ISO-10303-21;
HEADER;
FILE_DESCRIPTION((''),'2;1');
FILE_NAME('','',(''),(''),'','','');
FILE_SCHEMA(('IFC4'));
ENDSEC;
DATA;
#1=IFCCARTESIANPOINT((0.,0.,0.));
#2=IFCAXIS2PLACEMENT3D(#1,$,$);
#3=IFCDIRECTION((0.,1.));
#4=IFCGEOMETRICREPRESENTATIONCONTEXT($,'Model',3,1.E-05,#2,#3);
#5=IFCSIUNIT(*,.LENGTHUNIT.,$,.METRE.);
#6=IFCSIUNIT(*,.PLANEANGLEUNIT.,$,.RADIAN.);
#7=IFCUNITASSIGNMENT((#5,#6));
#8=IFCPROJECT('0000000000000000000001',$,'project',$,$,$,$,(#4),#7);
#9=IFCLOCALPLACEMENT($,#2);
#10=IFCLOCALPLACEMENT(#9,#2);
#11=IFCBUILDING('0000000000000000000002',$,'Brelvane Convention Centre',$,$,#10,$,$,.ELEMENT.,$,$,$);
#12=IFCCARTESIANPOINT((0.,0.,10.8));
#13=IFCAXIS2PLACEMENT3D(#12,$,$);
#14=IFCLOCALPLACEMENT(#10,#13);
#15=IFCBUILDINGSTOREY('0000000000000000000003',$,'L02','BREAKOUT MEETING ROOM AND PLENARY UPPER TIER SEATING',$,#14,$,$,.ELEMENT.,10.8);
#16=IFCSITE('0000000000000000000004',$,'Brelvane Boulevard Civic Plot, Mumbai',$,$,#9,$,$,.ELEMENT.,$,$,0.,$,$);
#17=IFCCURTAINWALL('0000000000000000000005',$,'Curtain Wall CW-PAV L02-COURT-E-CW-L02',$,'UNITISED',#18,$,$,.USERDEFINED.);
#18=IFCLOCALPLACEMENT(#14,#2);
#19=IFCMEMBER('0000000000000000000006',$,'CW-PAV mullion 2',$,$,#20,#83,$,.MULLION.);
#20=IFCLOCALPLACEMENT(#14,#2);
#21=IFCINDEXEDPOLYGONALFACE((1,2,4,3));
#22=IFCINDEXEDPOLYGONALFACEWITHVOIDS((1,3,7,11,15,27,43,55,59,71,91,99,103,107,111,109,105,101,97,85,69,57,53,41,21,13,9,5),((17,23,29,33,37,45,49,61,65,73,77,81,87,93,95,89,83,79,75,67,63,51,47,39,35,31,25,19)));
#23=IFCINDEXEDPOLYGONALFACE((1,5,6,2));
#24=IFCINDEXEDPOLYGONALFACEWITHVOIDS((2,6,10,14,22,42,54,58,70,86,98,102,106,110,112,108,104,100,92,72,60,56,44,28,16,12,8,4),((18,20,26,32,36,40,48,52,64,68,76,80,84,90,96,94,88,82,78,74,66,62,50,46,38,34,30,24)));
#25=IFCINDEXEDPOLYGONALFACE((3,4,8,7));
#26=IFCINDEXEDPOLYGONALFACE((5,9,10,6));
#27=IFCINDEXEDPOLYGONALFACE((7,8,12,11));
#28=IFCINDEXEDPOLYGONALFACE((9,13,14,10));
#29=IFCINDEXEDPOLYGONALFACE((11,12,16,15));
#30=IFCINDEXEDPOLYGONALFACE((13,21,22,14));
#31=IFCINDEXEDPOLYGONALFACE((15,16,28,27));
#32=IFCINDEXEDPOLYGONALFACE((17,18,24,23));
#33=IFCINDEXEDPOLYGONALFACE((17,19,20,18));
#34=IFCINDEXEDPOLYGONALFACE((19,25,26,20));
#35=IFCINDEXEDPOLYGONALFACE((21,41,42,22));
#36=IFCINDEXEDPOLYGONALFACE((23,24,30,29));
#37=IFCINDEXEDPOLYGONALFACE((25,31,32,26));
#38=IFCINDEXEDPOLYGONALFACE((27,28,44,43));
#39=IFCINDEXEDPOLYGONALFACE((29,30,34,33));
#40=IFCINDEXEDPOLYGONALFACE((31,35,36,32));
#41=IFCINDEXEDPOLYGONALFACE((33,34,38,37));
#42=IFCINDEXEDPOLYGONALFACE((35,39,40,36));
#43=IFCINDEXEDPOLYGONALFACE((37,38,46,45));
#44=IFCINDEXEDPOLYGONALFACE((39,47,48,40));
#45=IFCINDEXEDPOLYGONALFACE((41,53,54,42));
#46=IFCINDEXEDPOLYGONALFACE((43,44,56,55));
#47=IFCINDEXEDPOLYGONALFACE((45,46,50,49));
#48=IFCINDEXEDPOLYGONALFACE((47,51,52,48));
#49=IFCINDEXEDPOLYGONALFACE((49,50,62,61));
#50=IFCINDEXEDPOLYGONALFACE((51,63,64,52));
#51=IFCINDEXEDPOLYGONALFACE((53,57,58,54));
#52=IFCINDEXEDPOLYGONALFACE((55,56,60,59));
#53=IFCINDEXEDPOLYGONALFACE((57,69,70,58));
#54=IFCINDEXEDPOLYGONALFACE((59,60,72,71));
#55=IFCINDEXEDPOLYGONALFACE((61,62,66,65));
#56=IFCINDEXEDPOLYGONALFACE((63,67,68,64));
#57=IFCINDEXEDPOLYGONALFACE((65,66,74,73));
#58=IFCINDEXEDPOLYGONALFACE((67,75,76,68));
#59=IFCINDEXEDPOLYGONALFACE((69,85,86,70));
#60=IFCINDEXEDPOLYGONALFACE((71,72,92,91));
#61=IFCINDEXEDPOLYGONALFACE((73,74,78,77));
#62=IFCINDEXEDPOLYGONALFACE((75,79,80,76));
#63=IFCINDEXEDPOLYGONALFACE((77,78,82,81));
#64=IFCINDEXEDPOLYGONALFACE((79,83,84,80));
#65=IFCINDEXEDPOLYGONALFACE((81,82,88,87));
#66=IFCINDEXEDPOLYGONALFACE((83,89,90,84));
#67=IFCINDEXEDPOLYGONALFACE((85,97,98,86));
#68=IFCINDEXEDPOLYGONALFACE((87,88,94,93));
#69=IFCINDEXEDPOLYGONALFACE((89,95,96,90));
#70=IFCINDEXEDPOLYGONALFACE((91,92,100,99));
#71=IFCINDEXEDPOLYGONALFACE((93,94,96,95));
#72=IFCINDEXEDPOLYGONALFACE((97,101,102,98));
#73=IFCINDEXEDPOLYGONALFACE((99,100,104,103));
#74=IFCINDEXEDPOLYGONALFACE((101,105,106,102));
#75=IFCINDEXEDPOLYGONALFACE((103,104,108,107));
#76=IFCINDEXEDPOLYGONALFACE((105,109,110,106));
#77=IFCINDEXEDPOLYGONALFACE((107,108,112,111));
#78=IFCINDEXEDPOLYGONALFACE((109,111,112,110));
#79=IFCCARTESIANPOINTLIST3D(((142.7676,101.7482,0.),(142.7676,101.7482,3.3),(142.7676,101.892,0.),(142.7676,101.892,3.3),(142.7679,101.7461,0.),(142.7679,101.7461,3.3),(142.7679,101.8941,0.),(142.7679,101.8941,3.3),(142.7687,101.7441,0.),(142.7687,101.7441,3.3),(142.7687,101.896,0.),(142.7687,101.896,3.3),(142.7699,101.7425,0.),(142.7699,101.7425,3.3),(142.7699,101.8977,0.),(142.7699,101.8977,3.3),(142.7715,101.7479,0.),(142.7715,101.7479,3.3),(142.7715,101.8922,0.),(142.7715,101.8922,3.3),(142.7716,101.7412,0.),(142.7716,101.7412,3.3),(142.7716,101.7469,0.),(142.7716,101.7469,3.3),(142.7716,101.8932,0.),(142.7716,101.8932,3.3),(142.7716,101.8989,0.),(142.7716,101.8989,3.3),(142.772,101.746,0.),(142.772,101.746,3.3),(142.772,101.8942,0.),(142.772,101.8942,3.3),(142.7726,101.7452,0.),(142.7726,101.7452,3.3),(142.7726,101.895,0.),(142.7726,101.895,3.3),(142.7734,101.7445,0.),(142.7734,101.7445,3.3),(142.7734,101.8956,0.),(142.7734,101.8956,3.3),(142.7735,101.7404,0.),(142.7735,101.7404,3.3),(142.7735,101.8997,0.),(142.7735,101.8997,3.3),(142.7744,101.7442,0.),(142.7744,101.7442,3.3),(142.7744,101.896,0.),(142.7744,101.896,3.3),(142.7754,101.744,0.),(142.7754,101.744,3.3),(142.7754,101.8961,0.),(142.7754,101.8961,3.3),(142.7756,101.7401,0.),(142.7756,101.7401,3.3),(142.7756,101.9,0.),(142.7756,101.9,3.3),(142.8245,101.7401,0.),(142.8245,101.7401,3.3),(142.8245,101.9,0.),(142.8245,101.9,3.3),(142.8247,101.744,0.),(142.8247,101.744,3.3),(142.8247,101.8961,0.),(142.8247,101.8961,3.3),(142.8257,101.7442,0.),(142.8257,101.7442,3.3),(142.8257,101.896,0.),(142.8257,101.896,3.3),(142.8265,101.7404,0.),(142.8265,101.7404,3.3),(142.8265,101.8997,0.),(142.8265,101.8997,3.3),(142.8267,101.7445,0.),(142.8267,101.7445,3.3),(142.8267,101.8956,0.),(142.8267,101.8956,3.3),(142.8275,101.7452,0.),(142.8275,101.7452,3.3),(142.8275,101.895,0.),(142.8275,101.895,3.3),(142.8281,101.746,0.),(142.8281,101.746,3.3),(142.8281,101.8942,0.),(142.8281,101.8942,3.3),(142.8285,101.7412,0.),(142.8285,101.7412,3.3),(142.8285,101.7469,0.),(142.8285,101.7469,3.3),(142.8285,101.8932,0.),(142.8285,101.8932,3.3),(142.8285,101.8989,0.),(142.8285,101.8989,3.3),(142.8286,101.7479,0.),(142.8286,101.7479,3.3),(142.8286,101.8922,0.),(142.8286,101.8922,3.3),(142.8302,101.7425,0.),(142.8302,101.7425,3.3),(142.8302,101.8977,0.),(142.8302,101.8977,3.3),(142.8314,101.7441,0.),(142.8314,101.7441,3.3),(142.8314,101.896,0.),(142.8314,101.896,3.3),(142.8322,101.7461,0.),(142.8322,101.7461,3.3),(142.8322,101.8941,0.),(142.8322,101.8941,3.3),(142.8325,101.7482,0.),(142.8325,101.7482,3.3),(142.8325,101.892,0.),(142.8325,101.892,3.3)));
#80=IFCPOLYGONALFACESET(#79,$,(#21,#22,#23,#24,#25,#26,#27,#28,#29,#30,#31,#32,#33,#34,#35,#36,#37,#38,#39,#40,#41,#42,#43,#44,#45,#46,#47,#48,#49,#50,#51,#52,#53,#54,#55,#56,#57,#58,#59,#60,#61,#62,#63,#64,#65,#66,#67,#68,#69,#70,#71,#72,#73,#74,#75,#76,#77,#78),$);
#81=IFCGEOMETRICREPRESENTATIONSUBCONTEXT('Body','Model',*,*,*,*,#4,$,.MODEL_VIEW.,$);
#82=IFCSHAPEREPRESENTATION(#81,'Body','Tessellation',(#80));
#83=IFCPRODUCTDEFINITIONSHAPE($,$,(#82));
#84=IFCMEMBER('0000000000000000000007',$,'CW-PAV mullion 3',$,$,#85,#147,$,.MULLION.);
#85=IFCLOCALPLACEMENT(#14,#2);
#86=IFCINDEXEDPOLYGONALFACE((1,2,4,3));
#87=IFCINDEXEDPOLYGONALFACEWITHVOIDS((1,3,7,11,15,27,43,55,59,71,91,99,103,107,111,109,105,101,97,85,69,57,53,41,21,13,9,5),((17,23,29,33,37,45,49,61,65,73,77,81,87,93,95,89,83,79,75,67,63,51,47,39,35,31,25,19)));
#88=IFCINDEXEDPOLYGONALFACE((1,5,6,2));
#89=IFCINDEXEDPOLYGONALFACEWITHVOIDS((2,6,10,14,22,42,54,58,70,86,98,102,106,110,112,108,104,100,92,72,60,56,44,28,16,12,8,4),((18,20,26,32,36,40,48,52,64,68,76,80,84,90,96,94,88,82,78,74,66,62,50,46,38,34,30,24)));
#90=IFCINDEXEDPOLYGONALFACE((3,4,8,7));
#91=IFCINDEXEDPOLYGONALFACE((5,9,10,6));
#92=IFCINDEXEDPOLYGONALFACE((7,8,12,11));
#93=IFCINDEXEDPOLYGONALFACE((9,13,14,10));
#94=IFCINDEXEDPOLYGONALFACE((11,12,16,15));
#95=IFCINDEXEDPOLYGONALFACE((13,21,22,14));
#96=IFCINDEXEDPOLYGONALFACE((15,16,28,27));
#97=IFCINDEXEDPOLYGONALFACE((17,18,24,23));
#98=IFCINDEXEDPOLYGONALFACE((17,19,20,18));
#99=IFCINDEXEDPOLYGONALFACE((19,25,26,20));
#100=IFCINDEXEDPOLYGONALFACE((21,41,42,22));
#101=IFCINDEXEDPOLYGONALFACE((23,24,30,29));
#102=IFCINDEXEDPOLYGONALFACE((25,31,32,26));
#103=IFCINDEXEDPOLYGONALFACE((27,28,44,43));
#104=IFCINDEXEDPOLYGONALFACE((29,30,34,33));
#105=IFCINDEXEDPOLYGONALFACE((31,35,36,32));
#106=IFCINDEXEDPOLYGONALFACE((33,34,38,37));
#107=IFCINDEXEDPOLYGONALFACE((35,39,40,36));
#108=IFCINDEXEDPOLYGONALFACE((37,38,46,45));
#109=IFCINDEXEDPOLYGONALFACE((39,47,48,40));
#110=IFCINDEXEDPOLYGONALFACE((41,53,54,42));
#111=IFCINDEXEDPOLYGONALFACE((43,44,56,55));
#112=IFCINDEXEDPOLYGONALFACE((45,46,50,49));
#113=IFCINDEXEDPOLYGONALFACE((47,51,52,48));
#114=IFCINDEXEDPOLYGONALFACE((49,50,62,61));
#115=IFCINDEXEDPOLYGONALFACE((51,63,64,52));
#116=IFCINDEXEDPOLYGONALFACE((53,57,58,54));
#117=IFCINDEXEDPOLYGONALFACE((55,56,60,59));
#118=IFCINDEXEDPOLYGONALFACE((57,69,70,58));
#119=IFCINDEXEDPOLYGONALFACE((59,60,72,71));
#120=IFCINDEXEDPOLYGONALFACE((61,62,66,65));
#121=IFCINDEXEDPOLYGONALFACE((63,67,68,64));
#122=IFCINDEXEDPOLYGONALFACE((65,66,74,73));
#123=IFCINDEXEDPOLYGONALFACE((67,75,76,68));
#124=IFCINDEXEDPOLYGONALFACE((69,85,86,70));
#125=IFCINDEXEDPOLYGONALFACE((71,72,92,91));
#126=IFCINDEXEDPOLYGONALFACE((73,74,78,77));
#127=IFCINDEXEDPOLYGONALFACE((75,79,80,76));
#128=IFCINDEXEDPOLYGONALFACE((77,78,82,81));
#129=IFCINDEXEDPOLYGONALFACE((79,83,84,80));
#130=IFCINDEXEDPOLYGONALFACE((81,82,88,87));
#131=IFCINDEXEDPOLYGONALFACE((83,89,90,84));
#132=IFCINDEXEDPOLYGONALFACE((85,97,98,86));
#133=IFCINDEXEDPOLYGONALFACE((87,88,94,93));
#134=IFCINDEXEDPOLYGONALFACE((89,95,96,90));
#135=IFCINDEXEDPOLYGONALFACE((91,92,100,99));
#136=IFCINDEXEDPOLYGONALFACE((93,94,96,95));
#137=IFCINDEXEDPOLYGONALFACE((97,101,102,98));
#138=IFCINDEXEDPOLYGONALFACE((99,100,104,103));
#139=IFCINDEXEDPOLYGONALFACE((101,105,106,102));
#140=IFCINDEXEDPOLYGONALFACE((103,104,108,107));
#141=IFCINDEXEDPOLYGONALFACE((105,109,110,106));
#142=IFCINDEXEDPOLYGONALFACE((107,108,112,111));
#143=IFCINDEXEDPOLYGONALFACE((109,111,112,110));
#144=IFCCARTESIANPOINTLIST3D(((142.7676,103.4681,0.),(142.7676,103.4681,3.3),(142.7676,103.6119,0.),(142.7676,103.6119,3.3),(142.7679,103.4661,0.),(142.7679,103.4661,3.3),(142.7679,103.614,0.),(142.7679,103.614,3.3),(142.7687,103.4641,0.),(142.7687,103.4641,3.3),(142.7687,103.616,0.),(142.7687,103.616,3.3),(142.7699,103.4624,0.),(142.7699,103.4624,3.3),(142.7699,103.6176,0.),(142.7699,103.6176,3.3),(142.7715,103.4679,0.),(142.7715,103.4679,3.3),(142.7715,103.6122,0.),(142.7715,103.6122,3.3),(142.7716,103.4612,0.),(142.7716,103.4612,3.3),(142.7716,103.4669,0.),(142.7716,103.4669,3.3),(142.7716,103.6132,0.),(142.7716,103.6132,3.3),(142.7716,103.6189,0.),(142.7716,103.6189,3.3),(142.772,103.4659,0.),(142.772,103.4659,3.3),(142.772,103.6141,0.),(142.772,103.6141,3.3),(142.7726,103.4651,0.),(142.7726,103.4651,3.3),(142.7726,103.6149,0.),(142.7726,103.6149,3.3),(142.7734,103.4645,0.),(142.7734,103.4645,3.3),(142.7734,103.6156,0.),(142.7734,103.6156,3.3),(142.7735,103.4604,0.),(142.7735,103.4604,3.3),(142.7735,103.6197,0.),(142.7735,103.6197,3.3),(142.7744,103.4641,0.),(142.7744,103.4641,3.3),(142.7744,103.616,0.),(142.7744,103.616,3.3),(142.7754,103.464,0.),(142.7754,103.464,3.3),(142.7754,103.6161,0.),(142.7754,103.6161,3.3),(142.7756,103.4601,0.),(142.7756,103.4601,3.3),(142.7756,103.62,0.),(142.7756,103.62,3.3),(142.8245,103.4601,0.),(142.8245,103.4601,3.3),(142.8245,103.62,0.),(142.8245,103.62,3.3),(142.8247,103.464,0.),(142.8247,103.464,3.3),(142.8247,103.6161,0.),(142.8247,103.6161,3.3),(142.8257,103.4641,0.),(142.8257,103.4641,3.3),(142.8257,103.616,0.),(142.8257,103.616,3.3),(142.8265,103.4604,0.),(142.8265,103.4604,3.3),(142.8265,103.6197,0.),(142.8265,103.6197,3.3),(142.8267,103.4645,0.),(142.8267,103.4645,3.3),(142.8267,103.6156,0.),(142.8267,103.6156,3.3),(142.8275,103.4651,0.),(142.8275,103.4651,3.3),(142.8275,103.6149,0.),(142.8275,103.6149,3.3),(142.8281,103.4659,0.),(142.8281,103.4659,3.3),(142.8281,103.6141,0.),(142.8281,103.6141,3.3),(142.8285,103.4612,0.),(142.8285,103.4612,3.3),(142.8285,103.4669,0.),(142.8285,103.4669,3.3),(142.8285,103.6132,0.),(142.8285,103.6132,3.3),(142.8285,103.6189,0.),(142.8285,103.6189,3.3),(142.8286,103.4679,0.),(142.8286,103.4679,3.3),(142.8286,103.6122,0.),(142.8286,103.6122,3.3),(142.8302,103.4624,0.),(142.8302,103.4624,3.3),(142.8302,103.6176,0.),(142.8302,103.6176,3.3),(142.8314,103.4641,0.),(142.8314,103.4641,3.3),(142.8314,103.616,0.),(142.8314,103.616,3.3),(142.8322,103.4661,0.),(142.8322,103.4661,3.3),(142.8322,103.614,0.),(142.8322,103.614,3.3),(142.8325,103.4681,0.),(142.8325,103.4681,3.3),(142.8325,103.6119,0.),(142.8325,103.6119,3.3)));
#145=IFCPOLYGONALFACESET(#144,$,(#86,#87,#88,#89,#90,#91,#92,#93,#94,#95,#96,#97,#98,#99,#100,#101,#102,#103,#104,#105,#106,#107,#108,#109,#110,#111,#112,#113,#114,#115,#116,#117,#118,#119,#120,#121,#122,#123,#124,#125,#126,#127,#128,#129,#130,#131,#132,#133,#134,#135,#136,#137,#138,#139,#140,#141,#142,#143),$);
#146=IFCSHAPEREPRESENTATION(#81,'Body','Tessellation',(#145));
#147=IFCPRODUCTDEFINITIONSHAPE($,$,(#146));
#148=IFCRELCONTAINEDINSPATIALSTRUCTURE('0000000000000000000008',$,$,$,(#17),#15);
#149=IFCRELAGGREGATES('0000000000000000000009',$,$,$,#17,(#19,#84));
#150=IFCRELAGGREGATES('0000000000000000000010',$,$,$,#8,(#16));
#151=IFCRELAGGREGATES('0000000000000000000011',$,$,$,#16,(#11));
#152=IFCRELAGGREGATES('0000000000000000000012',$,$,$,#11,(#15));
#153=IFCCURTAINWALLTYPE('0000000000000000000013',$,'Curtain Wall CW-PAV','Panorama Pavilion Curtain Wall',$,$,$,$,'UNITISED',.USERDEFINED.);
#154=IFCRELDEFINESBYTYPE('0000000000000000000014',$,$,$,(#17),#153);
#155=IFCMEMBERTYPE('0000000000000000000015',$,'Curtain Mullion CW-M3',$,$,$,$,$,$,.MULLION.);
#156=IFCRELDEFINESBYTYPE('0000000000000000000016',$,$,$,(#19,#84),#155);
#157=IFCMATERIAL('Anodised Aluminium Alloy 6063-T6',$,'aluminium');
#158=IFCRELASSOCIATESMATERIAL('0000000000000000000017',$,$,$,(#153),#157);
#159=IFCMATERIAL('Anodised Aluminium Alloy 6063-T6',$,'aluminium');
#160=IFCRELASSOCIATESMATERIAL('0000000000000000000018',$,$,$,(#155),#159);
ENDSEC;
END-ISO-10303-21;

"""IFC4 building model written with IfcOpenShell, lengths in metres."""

from ifc_helpers import new_model, si_unit, direction, frame, origin, origin_2d, place, context, subcontext, project, spatial, hollow_rectangle, extrude, material, material_profile, profile_set, type_object, element, aggregate, save


model = new_model("IFC4")

# Units and contexts
model_context = context("Model", 3, precision=1e-05, world=origin(), true_north=direction((0.0, 1.0)))
body_context = subcontext(model_context, "Body", "Model", "MODEL_VIEW")
ifc_project = project(units=[si_unit("LENGTHUNIT", "METRE"), si_unit("PLANEANGLEUNIT", "RADIAN")], contexts=[model_context])

# Site, building, storey
site_placement = place(None, origin())
site = spatial("IfcSite", under=ifc_project, at=site_placement, Name="Brelvane Boulevard Civic Plot, Mumbai", CompositionType="ELEMENT", RefElevation=0.0)
building_placement = place(site_placement, origin())
building = spatial("IfcBuilding", under=site, at=building_placement, Name="Brelvane Convention Centre", CompositionType="ELEMENT")
storey_placement = place(building_placement, frame((0.0, 0.0, 10.8)))
storey = spatial("IfcBuildingStorey", under=building, at=storey_placement, Name="L02", Description="BREAKOUT MEETING ROOM AND PLENARY UPPER TIER SEATING", CompositionType="ELEMENT", Elevation=10.8)

# Curtain wall, members
ifc_material_1 = material(Name="Anodised Aluminium Alloy 6063-T6", Category="aluminium")
curtain_wall_type_1 = type_object("IfcCurtainWallType", Name="Curtain Wall CW-PAV", Description="Panorama Pavilion Curtain Wall", ElementType="UNITISED", PredefinedType="USERDEFINED", material=ifc_material_1)
curtain_wall_1_placement = place(storey_placement, origin())
curtain_wall_1 = element("IfcCurtainWall", 1, at=curtain_wall_1_placement, inside=storey, type_object=curtain_wall_type_1, Name="Curtain Wall CW-PAV L02-COURT-E-CW-L02", ObjectType="UNITISED", PredefinedType="USERDEFINED")
ifc_material_2 = material(Name="Anodised Aluminium Alloy 6063-T6", Category="aluminium")
ifc_material_profile_1 = material_profile(ifc_material_2, hollow_rectangle(XDim=0.0649, YDim=0.1599, WallThickness=0.0039, InnerFilletRadius=0.0039, OuterFilletRadius=0.0081, at=origin_2d()), Name="ALU-M 160x65x4.0")
ifc_profile_set_1 = profile_set([ifc_material_profile_1], Name="Anodised Aluminium Alloy 6063-T6")
member_type_1 = type_object("IfcMemberType", Name="Curtain Mullion CW-M3", PredefinedType="MULLION", material=ifc_profile_set_1)
member_1_placement = place(storey_placement, frame((142.8, 101.8201, 0.0), z_axis=(0.0, 0.0, 1.0), x_axis=(-1.0, 0.0, 0.0)))
member_1 = element("IfcMember", 2, at=member_1_placement, type_object=member_type_1, Name="CW-PAV mullion 2", PredefinedType="MULLION", context=body_context, shape_type="SweptSolid", body=[
    extrude(hollow_rectangle(XDim=0.0649, YDim=0.1599, WallThickness=0.0039, InnerFilletRadius=0.0039, OuterFilletRadius=0.0081, at=origin_2d()), origin(), (0.0, 0.0, 1.0), 3.3),
])
member_2_placement = place(storey_placement, frame((142.8, 103.54, 0.0), z_axis=(0.0, 0.0, 1.0), x_axis=(-1.0, 0.0, 0.0)))
member_2 = element("IfcMember", 3, at=member_2_placement, type_object=member_type_1, Name="CW-PAV mullion 3", PredefinedType="MULLION", context=body_context, shape_type="SweptSolid", body=[
    extrude(hollow_rectangle(XDim=0.0649, YDim=0.1599, WallThickness=0.0039, InnerFilletRadius=0.0039, OuterFilletRadius=0.0081, at=origin_2d()), origin(), (0.0, 0.0, 1.0), 3.3),
])

aggregate(curtain_wall_1, [member_1, member_2])

save(model, "model.ifc")
